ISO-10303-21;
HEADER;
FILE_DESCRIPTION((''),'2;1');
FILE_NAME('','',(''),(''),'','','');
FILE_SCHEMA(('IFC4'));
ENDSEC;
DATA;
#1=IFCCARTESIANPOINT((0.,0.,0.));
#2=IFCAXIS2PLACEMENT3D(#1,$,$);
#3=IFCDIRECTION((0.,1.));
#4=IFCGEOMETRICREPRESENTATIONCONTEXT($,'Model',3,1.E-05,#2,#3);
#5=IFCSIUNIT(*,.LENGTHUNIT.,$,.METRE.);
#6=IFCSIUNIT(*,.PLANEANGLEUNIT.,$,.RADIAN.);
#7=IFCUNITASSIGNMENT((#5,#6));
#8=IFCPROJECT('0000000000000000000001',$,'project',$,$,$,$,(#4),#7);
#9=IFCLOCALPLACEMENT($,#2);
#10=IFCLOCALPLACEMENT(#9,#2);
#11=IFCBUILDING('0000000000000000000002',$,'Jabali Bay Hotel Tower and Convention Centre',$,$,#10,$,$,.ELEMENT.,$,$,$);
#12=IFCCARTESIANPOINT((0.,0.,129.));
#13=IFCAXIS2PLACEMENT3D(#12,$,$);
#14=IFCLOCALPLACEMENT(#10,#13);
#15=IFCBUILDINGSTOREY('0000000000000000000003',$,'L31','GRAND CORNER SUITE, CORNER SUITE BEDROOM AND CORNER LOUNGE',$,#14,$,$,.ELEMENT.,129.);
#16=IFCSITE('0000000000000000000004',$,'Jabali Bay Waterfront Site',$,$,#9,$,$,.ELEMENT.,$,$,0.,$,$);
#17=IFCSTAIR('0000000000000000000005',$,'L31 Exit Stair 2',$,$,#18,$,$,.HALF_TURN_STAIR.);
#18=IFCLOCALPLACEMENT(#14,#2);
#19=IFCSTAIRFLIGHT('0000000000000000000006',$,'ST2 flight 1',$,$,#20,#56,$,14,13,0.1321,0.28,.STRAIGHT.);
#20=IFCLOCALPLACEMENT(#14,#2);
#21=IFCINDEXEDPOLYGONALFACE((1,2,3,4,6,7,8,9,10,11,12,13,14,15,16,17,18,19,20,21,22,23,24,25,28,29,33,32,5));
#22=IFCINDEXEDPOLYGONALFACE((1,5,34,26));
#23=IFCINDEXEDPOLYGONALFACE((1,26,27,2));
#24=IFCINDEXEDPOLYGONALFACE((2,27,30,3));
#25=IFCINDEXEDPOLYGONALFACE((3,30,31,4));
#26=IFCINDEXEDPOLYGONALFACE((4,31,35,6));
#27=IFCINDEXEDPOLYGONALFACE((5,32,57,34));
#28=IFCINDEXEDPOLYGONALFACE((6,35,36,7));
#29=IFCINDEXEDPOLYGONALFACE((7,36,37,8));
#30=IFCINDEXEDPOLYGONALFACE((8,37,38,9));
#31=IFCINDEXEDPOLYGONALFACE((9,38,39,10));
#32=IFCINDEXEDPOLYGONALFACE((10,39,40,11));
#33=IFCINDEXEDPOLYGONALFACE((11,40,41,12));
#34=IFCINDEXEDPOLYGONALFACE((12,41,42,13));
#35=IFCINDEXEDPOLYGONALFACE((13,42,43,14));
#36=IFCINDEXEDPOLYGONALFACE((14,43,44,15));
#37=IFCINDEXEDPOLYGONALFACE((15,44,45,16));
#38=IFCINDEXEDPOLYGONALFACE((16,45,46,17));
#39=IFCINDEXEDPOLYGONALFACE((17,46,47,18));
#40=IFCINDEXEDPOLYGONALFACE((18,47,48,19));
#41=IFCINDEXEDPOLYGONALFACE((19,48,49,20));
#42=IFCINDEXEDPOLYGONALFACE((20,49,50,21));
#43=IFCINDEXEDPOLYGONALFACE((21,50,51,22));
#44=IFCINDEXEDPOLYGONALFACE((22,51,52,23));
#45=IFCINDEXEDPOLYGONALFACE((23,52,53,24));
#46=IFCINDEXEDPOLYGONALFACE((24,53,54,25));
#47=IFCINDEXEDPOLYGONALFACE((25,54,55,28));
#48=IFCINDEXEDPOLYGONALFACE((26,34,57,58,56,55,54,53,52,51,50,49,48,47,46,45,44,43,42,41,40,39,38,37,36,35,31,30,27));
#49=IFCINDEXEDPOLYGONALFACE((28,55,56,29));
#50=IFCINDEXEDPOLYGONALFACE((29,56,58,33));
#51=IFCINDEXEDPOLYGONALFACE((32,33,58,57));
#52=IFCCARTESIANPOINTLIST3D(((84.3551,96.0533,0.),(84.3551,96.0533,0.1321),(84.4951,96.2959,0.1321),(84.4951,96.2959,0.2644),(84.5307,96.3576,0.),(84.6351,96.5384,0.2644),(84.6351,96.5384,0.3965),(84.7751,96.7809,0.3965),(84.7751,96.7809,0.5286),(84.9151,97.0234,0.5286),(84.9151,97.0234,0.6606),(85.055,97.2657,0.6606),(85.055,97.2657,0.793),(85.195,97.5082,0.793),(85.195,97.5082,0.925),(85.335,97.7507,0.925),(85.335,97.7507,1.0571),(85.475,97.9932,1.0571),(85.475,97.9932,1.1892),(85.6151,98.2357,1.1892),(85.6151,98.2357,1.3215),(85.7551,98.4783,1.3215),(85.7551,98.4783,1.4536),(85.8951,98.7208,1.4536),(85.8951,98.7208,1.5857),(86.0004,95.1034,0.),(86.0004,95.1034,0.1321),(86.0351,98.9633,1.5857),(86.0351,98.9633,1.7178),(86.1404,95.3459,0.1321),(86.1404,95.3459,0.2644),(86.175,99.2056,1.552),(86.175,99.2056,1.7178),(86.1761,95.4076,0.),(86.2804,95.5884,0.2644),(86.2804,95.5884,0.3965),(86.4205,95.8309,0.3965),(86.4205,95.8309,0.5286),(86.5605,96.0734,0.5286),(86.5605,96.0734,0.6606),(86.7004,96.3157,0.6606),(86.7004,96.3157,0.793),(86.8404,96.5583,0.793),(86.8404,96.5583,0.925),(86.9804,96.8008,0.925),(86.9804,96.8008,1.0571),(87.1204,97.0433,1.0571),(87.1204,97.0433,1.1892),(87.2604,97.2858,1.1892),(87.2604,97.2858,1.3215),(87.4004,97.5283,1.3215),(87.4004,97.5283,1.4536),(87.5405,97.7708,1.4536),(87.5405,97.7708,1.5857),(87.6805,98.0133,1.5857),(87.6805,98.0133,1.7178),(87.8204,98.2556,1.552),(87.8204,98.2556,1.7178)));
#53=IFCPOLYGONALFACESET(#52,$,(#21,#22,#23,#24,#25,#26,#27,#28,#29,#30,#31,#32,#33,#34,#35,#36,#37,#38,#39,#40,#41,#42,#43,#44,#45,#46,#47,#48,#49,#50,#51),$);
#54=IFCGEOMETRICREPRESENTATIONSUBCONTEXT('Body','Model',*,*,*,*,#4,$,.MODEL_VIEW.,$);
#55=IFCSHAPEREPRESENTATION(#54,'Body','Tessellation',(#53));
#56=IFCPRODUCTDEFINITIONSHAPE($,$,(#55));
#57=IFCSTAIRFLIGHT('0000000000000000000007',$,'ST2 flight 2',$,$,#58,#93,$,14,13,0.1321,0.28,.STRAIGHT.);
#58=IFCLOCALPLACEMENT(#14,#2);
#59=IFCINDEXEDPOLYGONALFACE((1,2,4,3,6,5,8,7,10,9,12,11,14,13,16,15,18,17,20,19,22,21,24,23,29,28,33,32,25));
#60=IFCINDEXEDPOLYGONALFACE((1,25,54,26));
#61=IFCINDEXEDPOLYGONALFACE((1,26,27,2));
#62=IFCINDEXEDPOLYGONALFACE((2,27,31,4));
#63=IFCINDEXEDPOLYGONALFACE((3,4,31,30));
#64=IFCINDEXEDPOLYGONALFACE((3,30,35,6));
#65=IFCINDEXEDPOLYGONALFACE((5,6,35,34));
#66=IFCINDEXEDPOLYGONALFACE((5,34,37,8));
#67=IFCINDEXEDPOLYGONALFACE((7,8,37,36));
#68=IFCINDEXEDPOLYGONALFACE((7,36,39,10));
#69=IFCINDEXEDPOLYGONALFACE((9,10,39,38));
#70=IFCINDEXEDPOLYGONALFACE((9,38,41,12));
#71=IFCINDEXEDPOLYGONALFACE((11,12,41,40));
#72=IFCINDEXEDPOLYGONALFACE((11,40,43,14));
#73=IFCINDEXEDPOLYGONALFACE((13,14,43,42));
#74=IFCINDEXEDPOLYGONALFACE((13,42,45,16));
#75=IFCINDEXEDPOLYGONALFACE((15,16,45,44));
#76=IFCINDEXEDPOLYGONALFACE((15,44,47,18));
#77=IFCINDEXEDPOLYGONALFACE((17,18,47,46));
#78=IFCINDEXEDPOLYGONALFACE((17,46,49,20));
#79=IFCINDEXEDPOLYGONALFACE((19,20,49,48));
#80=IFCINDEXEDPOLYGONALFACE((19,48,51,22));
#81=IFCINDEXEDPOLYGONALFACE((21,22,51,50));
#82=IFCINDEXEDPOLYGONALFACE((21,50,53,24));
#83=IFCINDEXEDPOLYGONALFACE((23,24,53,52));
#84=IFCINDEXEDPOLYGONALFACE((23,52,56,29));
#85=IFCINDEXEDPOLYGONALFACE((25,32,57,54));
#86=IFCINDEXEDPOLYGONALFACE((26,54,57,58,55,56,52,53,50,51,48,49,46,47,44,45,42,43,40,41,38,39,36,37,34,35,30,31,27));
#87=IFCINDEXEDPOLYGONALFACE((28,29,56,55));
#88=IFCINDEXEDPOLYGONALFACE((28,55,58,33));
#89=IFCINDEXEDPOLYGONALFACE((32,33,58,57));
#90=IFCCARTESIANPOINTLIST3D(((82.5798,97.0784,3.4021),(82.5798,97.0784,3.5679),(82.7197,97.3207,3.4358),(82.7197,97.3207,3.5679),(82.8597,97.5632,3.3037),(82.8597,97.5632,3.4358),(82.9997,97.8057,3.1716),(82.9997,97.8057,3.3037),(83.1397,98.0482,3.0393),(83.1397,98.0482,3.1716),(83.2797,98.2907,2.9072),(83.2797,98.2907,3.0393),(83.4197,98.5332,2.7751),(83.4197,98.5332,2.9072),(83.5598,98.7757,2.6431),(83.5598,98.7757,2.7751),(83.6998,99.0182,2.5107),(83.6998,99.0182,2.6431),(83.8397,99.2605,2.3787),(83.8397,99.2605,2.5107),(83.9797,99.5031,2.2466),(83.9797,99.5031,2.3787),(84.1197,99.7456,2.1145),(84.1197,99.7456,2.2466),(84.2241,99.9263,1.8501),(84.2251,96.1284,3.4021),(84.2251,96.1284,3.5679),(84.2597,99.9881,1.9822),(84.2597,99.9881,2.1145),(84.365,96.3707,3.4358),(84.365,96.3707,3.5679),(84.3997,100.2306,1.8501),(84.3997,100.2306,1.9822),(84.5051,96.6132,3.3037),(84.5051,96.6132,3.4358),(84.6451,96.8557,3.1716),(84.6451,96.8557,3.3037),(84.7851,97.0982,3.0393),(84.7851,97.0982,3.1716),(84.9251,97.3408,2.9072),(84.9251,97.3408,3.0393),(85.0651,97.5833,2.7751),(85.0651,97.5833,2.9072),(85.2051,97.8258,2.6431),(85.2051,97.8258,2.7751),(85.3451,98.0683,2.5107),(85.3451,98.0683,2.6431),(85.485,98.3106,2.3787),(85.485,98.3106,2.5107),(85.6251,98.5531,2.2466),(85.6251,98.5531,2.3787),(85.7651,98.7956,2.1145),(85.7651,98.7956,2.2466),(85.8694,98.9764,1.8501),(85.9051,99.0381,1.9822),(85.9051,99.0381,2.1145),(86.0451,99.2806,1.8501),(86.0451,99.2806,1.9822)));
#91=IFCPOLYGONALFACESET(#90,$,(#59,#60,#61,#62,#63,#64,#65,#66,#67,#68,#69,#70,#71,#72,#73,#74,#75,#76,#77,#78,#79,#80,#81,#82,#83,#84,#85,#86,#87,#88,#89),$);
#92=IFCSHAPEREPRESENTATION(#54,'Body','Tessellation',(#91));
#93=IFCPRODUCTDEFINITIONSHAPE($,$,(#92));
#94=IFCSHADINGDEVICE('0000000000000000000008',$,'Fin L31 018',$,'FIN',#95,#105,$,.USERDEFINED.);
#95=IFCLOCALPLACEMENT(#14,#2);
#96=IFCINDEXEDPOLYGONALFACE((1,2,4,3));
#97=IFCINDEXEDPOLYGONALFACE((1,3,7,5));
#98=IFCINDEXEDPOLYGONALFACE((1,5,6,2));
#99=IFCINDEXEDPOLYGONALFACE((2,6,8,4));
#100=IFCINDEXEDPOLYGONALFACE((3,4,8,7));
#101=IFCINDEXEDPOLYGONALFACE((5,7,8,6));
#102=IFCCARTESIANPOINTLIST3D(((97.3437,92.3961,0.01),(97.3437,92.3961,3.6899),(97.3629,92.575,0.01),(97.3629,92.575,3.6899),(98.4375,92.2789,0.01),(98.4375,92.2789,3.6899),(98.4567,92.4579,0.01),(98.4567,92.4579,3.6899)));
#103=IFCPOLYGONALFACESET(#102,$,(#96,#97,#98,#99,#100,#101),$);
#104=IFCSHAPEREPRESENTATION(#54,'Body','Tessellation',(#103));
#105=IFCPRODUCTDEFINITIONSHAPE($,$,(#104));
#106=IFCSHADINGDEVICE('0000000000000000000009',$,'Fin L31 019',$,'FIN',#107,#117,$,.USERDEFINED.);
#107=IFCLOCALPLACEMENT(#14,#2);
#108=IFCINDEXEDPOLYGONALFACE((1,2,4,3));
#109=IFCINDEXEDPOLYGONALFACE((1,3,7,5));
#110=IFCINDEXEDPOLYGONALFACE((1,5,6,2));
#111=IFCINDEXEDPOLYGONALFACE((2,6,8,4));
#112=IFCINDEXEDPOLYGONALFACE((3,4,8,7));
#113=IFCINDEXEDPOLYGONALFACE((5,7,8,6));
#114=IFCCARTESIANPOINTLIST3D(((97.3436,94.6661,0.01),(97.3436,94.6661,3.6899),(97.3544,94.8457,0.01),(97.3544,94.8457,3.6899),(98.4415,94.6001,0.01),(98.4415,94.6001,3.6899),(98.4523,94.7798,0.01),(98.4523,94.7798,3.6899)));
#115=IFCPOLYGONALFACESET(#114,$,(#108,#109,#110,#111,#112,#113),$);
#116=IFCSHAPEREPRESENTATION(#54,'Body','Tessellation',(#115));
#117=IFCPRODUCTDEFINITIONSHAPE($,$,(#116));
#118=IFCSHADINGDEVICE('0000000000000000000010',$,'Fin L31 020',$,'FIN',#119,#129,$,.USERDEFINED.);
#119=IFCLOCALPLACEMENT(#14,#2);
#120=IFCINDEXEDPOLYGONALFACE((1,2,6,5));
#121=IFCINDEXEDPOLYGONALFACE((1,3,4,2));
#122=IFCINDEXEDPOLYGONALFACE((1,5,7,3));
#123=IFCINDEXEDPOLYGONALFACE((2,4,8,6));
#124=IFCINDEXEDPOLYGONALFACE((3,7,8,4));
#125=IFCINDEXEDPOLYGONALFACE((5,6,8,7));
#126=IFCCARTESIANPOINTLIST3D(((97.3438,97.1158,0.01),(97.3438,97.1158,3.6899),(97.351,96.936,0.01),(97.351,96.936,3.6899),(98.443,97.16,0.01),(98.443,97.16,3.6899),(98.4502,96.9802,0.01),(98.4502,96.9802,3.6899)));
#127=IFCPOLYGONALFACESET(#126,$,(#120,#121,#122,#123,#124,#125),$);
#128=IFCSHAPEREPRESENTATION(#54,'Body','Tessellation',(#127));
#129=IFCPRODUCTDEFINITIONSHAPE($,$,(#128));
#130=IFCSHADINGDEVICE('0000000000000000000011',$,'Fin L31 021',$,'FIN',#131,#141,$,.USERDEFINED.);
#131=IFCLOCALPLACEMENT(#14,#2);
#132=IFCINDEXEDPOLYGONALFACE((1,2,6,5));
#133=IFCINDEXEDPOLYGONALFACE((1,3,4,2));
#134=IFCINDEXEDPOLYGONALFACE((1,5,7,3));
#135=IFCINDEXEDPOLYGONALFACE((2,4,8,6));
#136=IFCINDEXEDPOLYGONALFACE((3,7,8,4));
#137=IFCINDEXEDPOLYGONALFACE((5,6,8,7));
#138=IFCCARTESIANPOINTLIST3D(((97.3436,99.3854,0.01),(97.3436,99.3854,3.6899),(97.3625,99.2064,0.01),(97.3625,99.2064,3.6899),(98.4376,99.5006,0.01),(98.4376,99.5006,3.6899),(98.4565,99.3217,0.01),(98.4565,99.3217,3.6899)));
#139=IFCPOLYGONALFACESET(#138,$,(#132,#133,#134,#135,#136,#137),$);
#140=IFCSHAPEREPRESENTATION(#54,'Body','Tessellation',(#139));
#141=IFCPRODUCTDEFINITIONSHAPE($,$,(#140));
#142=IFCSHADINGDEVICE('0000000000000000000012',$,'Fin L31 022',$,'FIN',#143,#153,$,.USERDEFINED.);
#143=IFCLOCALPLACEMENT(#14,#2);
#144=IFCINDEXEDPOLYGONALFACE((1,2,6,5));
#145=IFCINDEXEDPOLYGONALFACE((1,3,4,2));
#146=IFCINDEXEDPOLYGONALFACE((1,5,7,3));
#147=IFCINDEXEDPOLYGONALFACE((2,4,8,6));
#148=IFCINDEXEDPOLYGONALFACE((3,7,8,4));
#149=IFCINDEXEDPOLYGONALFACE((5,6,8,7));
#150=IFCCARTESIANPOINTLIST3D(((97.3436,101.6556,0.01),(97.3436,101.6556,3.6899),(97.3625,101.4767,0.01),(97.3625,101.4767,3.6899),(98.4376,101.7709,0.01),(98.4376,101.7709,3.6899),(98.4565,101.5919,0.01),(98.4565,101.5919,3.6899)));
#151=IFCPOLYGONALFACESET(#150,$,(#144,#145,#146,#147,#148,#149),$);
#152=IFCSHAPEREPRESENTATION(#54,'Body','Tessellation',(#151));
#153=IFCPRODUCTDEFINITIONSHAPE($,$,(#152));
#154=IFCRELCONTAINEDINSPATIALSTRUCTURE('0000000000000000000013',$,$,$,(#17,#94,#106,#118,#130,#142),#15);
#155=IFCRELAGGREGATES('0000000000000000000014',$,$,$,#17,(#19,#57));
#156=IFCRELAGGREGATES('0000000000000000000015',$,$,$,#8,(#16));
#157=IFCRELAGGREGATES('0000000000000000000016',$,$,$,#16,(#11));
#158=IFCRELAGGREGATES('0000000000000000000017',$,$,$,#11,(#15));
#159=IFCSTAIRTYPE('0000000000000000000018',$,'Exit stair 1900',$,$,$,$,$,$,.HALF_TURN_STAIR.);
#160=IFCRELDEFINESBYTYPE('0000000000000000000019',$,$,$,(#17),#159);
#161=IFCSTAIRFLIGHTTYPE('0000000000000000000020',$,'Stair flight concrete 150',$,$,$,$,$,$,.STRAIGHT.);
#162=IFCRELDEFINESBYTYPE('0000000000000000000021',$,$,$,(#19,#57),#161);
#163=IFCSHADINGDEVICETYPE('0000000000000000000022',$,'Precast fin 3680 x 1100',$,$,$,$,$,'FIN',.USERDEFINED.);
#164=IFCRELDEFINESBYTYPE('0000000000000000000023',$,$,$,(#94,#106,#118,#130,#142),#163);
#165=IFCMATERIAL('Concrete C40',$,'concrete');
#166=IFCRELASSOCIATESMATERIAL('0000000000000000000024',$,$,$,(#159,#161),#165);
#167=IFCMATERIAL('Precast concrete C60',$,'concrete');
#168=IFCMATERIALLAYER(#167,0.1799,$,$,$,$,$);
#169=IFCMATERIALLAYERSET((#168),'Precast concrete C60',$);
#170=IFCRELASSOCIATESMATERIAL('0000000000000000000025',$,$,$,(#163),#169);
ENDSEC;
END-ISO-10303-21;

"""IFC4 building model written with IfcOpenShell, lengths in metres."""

from ifc_helpers import new_model, si_unit, direction, frame, frame_2d, origin, place, context, subcontext, project, spatial, polyline, rectangle, outline, extrude, material, layer, layer_set, type_object, element, aggregate, save


model = new_model("IFC4")

# Units and contexts
model_context = context("Model", 3, precision=1e-05, world=origin(), true_north=direction((0.0, 1.0)))
body_context = subcontext(model_context, "Body", "Model", "MODEL_VIEW")
ifc_project = project(units=[si_unit("LENGTHUNIT", "METRE"), si_unit("PLANEANGLEUNIT", "RADIAN")], contexts=[model_context])

# Site, building, storey
site_placement = place(None, origin())
site = spatial("IfcSite", under=ifc_project, at=site_placement, Name="Jabali Bay Waterfront Site", CompositionType="ELEMENT", RefElevation=0.0)
building_placement = place(site_placement, origin())
building = spatial("IfcBuilding", under=site, at=building_placement, Name="Jabali Bay Hotel Tower and Convention Centre", CompositionType="ELEMENT")
storey_placement = place(building_placement, frame((0.0, 0.0, 129.0)))
storey = spatial("IfcBuildingStorey", under=building, at=storey_placement, Name="L31", Description="GRAND CORNER SUITE, CORNER SUITE BEDROOM AND CORNER LOUNGE", CompositionType="ELEMENT", Elevation=129.0)

# Shared definitions
ifc_material_1 = material(Name="Concrete C40", Category="concrete")

# Stair, stair flights
stair_type = type_object("IfcStairType", Name="Exit stair 1900", PredefinedType="HALF_TURN_STAIR", material=ifc_material_1)
stair_placement = place(storey_placement, origin())
stair = element("IfcStair", 1, at=stair_placement, inside=storey, type_object=stair_type, Name="L31 Exit Stair 2", PredefinedType="HALF_TURN_STAIR")
stair_flight_type = type_object("IfcStairFlightType", Name="Stair flight concrete 150", PredefinedType="STRAIGHT", material=ifc_material_1)
stair_flight_1_placement = place(storey_placement, frame((85.1777, 95.5784, 0.0), z_axis=(0.0, 0.0, 1.0), x_axis=(0.5, 0.866025, 0.0)))
stair_flight_1 = element("IfcStairFlight", 2, at=stair_flight_1_placement, type_object=stair_flight_type, Name="ST2 flight 1", NumberOfRisers=14, NumberOfTreads=13, PredefinedType="STRAIGHT", RiserHeight=0.1321, TreadLength=0.28, context=body_context, shape_type="SweptSolid", body=[
    extrude(outline(polyline([(0.0, 0.0), (0.0, 0.1321), (0.28, 0.1321), (0.28, 0.2644), (0.5601, 0.2644), (0.5601, 0.3965), (0.8401, 0.3965), (0.8401, 0.5286), (1.1201, 0.5286), (1.1201, 0.6606), (1.3999, 0.6606), (1.3999, 0.793), (1.6799, 0.793), (1.6799, 0.925), (1.96, 0.925), (1.96, 1.0571), (2.24, 1.0571), (2.24, 1.1892), (2.52, 1.1892), (2.52, 1.3215), (2.8, 1.3215), (2.8, 1.4536), (3.0801, 1.4536), (3.0801, 1.5857), (3.3601, 1.5857), (3.3601, 1.7178), (3.6399, 1.7178), (3.6399, 1.8501), (3.6399, 1.552), (0.3513, 0.0), (0.0, 0.0)])), frame((0.0, 0.95, 0.0), z_axis=(0.0, -1.0, 0.0), x_axis=(1.0, 0.0, 0.0)), (0.0, 0.0, 1.0), 1.8999),
])
stair_flight_2_placement = place(storey_placement, frame((85.2224, 99.7556, 1.8501), z_axis=(0.0, 0.0, 1.0), x_axis=(-0.5, -0.866025, 0.0)))
stair_flight_2 = element("IfcStairFlight", 3, at=stair_flight_2_placement, type_object=stair_flight_type, Name="ST2 flight 2", NumberOfRisers=14, NumberOfTreads=13, PredefinedType="STRAIGHT", RiserHeight=0.1321, TreadLength=0.28, context=body_context, shape_type="SweptSolid", body=[
    extrude(outline(polyline([(0.0, 0.0), (0.0, 0.1321), (0.28, 0.1321), (0.28, 0.2644), (0.5601, 0.2644), (0.5601, 0.3965), (0.8401, 0.3965), (0.8401, 0.5286), (1.1201, 0.5286), (1.1201, 0.6606), (1.3999, 0.6606), (1.3999, 0.793), (1.6799, 0.793), (1.6799, 0.925), (1.96, 0.925), (1.96, 1.0571), (2.24, 1.0571), (2.24, 1.1892), (2.52, 1.1892), (2.52, 1.3215), (2.8, 1.3215), (2.8, 1.4536), (3.0801, 1.4536), (3.0801, 1.5857), (3.3601, 1.5857), (3.3601, 1.7178), (3.6399, 1.7178), (3.6399, 1.8501), (3.6399, 1.552), (0.3513, 0.0), (0.0, 0.0)])), frame((0.0, 0.95, 0.0), z_axis=(0.0, -1.0, 0.0), x_axis=(1.0, 0.0, 0.0)), (0.0, 0.0, 1.0), 1.8999),
])
aggregate(stair, [stair_flight_1, stair_flight_2])

# Shading devices
ifc_material_2 = material(Name="Precast concrete C60", Category="concrete")
ifc_layer_1 = layer(ifc_material_2, 0.1799)
ifc_layer_set_1 = layer_set([ifc_layer_1], Name="Precast concrete C60")
shading_device_type = type_object("IfcShadingDeviceType", Name="Precast fin 3680 x 1100", ElementType="FIN", PredefinedType="USERDEFINED", material=ifc_layer_set_1)
shading_device_1_placement = place(storey_placement, frame((97.3533, 92.4856, 0.01), z_axis=(0.0, 0.0, 1.0), x_axis=(0.994309, -0.106533, 0.0)))
element("IfcShadingDevice", 4, at=shading_device_1_placement, inside=storey, type_object=shading_device_type, Name="Fin L31 018", ObjectType="FIN", PredefinedType="USERDEFINED", context=body_context, shape_type="SweptSolid", body=[
    extrude(rectangle(XDim=1.1001, YDim=0.1799, at=frame_2d((0.55, 0.0))), origin(), (0.0, 0.0, 1.0), 3.6799),
])
shading_device_2_placement = place(storey_placement, frame((97.3491, 94.7559, 0.01), z_axis=(0.0, 0.0, 1.0), x_axis=(0.998202, -0.059932, 0.0)))
element("IfcShadingDevice", 5, at=shading_device_2_placement, inside=storey, type_object=shading_device_type, Name="Fin L31 019", ObjectType="FIN", PredefinedType="USERDEFINED", context=body_context, shape_type="SweptSolid", body=[
    extrude(rectangle(XDim=1.0999, YDim=0.1799, at=frame_2d((0.5498, 0.0))), origin(), (0.0, 0.0, 1.0), 3.6799),
])
for number, where, z_axis, x_axis, name in (
    (6, (97.3474, 97.0259, 0.01), (0.0, 0.0, 1.0), (0.999193, 0.040172, 0.0), "Fin L31 020"),
    (7, (97.353, 99.2959, 0.01), (0.0, 0.0, 1.0), (0.994498, 0.104754, 0.0), "Fin L31 021"),
    (8, (97.353, 101.5662, 0.01), (0.0, 0.0, 1.0), (0.994498, 0.104754, 0.0), "Fin L31 022"),
):
    element("IfcShadingDevice", number, at=place(storey_placement, frame(where, z_axis=z_axis, x_axis=x_axis)), inside=storey, type_object=shading_device_type, Name=name, ObjectType="FIN", PredefinedType="USERDEFINED", context=body_context, shape_type="SweptSolid", body=[
        extrude(rectangle(XDim=1.1001, YDim=0.1799, at=frame_2d((0.55, 0.0))), origin(), (0.0, 0.0, 1.0), 3.6799),
    ])

save(model, "model.ifc")
